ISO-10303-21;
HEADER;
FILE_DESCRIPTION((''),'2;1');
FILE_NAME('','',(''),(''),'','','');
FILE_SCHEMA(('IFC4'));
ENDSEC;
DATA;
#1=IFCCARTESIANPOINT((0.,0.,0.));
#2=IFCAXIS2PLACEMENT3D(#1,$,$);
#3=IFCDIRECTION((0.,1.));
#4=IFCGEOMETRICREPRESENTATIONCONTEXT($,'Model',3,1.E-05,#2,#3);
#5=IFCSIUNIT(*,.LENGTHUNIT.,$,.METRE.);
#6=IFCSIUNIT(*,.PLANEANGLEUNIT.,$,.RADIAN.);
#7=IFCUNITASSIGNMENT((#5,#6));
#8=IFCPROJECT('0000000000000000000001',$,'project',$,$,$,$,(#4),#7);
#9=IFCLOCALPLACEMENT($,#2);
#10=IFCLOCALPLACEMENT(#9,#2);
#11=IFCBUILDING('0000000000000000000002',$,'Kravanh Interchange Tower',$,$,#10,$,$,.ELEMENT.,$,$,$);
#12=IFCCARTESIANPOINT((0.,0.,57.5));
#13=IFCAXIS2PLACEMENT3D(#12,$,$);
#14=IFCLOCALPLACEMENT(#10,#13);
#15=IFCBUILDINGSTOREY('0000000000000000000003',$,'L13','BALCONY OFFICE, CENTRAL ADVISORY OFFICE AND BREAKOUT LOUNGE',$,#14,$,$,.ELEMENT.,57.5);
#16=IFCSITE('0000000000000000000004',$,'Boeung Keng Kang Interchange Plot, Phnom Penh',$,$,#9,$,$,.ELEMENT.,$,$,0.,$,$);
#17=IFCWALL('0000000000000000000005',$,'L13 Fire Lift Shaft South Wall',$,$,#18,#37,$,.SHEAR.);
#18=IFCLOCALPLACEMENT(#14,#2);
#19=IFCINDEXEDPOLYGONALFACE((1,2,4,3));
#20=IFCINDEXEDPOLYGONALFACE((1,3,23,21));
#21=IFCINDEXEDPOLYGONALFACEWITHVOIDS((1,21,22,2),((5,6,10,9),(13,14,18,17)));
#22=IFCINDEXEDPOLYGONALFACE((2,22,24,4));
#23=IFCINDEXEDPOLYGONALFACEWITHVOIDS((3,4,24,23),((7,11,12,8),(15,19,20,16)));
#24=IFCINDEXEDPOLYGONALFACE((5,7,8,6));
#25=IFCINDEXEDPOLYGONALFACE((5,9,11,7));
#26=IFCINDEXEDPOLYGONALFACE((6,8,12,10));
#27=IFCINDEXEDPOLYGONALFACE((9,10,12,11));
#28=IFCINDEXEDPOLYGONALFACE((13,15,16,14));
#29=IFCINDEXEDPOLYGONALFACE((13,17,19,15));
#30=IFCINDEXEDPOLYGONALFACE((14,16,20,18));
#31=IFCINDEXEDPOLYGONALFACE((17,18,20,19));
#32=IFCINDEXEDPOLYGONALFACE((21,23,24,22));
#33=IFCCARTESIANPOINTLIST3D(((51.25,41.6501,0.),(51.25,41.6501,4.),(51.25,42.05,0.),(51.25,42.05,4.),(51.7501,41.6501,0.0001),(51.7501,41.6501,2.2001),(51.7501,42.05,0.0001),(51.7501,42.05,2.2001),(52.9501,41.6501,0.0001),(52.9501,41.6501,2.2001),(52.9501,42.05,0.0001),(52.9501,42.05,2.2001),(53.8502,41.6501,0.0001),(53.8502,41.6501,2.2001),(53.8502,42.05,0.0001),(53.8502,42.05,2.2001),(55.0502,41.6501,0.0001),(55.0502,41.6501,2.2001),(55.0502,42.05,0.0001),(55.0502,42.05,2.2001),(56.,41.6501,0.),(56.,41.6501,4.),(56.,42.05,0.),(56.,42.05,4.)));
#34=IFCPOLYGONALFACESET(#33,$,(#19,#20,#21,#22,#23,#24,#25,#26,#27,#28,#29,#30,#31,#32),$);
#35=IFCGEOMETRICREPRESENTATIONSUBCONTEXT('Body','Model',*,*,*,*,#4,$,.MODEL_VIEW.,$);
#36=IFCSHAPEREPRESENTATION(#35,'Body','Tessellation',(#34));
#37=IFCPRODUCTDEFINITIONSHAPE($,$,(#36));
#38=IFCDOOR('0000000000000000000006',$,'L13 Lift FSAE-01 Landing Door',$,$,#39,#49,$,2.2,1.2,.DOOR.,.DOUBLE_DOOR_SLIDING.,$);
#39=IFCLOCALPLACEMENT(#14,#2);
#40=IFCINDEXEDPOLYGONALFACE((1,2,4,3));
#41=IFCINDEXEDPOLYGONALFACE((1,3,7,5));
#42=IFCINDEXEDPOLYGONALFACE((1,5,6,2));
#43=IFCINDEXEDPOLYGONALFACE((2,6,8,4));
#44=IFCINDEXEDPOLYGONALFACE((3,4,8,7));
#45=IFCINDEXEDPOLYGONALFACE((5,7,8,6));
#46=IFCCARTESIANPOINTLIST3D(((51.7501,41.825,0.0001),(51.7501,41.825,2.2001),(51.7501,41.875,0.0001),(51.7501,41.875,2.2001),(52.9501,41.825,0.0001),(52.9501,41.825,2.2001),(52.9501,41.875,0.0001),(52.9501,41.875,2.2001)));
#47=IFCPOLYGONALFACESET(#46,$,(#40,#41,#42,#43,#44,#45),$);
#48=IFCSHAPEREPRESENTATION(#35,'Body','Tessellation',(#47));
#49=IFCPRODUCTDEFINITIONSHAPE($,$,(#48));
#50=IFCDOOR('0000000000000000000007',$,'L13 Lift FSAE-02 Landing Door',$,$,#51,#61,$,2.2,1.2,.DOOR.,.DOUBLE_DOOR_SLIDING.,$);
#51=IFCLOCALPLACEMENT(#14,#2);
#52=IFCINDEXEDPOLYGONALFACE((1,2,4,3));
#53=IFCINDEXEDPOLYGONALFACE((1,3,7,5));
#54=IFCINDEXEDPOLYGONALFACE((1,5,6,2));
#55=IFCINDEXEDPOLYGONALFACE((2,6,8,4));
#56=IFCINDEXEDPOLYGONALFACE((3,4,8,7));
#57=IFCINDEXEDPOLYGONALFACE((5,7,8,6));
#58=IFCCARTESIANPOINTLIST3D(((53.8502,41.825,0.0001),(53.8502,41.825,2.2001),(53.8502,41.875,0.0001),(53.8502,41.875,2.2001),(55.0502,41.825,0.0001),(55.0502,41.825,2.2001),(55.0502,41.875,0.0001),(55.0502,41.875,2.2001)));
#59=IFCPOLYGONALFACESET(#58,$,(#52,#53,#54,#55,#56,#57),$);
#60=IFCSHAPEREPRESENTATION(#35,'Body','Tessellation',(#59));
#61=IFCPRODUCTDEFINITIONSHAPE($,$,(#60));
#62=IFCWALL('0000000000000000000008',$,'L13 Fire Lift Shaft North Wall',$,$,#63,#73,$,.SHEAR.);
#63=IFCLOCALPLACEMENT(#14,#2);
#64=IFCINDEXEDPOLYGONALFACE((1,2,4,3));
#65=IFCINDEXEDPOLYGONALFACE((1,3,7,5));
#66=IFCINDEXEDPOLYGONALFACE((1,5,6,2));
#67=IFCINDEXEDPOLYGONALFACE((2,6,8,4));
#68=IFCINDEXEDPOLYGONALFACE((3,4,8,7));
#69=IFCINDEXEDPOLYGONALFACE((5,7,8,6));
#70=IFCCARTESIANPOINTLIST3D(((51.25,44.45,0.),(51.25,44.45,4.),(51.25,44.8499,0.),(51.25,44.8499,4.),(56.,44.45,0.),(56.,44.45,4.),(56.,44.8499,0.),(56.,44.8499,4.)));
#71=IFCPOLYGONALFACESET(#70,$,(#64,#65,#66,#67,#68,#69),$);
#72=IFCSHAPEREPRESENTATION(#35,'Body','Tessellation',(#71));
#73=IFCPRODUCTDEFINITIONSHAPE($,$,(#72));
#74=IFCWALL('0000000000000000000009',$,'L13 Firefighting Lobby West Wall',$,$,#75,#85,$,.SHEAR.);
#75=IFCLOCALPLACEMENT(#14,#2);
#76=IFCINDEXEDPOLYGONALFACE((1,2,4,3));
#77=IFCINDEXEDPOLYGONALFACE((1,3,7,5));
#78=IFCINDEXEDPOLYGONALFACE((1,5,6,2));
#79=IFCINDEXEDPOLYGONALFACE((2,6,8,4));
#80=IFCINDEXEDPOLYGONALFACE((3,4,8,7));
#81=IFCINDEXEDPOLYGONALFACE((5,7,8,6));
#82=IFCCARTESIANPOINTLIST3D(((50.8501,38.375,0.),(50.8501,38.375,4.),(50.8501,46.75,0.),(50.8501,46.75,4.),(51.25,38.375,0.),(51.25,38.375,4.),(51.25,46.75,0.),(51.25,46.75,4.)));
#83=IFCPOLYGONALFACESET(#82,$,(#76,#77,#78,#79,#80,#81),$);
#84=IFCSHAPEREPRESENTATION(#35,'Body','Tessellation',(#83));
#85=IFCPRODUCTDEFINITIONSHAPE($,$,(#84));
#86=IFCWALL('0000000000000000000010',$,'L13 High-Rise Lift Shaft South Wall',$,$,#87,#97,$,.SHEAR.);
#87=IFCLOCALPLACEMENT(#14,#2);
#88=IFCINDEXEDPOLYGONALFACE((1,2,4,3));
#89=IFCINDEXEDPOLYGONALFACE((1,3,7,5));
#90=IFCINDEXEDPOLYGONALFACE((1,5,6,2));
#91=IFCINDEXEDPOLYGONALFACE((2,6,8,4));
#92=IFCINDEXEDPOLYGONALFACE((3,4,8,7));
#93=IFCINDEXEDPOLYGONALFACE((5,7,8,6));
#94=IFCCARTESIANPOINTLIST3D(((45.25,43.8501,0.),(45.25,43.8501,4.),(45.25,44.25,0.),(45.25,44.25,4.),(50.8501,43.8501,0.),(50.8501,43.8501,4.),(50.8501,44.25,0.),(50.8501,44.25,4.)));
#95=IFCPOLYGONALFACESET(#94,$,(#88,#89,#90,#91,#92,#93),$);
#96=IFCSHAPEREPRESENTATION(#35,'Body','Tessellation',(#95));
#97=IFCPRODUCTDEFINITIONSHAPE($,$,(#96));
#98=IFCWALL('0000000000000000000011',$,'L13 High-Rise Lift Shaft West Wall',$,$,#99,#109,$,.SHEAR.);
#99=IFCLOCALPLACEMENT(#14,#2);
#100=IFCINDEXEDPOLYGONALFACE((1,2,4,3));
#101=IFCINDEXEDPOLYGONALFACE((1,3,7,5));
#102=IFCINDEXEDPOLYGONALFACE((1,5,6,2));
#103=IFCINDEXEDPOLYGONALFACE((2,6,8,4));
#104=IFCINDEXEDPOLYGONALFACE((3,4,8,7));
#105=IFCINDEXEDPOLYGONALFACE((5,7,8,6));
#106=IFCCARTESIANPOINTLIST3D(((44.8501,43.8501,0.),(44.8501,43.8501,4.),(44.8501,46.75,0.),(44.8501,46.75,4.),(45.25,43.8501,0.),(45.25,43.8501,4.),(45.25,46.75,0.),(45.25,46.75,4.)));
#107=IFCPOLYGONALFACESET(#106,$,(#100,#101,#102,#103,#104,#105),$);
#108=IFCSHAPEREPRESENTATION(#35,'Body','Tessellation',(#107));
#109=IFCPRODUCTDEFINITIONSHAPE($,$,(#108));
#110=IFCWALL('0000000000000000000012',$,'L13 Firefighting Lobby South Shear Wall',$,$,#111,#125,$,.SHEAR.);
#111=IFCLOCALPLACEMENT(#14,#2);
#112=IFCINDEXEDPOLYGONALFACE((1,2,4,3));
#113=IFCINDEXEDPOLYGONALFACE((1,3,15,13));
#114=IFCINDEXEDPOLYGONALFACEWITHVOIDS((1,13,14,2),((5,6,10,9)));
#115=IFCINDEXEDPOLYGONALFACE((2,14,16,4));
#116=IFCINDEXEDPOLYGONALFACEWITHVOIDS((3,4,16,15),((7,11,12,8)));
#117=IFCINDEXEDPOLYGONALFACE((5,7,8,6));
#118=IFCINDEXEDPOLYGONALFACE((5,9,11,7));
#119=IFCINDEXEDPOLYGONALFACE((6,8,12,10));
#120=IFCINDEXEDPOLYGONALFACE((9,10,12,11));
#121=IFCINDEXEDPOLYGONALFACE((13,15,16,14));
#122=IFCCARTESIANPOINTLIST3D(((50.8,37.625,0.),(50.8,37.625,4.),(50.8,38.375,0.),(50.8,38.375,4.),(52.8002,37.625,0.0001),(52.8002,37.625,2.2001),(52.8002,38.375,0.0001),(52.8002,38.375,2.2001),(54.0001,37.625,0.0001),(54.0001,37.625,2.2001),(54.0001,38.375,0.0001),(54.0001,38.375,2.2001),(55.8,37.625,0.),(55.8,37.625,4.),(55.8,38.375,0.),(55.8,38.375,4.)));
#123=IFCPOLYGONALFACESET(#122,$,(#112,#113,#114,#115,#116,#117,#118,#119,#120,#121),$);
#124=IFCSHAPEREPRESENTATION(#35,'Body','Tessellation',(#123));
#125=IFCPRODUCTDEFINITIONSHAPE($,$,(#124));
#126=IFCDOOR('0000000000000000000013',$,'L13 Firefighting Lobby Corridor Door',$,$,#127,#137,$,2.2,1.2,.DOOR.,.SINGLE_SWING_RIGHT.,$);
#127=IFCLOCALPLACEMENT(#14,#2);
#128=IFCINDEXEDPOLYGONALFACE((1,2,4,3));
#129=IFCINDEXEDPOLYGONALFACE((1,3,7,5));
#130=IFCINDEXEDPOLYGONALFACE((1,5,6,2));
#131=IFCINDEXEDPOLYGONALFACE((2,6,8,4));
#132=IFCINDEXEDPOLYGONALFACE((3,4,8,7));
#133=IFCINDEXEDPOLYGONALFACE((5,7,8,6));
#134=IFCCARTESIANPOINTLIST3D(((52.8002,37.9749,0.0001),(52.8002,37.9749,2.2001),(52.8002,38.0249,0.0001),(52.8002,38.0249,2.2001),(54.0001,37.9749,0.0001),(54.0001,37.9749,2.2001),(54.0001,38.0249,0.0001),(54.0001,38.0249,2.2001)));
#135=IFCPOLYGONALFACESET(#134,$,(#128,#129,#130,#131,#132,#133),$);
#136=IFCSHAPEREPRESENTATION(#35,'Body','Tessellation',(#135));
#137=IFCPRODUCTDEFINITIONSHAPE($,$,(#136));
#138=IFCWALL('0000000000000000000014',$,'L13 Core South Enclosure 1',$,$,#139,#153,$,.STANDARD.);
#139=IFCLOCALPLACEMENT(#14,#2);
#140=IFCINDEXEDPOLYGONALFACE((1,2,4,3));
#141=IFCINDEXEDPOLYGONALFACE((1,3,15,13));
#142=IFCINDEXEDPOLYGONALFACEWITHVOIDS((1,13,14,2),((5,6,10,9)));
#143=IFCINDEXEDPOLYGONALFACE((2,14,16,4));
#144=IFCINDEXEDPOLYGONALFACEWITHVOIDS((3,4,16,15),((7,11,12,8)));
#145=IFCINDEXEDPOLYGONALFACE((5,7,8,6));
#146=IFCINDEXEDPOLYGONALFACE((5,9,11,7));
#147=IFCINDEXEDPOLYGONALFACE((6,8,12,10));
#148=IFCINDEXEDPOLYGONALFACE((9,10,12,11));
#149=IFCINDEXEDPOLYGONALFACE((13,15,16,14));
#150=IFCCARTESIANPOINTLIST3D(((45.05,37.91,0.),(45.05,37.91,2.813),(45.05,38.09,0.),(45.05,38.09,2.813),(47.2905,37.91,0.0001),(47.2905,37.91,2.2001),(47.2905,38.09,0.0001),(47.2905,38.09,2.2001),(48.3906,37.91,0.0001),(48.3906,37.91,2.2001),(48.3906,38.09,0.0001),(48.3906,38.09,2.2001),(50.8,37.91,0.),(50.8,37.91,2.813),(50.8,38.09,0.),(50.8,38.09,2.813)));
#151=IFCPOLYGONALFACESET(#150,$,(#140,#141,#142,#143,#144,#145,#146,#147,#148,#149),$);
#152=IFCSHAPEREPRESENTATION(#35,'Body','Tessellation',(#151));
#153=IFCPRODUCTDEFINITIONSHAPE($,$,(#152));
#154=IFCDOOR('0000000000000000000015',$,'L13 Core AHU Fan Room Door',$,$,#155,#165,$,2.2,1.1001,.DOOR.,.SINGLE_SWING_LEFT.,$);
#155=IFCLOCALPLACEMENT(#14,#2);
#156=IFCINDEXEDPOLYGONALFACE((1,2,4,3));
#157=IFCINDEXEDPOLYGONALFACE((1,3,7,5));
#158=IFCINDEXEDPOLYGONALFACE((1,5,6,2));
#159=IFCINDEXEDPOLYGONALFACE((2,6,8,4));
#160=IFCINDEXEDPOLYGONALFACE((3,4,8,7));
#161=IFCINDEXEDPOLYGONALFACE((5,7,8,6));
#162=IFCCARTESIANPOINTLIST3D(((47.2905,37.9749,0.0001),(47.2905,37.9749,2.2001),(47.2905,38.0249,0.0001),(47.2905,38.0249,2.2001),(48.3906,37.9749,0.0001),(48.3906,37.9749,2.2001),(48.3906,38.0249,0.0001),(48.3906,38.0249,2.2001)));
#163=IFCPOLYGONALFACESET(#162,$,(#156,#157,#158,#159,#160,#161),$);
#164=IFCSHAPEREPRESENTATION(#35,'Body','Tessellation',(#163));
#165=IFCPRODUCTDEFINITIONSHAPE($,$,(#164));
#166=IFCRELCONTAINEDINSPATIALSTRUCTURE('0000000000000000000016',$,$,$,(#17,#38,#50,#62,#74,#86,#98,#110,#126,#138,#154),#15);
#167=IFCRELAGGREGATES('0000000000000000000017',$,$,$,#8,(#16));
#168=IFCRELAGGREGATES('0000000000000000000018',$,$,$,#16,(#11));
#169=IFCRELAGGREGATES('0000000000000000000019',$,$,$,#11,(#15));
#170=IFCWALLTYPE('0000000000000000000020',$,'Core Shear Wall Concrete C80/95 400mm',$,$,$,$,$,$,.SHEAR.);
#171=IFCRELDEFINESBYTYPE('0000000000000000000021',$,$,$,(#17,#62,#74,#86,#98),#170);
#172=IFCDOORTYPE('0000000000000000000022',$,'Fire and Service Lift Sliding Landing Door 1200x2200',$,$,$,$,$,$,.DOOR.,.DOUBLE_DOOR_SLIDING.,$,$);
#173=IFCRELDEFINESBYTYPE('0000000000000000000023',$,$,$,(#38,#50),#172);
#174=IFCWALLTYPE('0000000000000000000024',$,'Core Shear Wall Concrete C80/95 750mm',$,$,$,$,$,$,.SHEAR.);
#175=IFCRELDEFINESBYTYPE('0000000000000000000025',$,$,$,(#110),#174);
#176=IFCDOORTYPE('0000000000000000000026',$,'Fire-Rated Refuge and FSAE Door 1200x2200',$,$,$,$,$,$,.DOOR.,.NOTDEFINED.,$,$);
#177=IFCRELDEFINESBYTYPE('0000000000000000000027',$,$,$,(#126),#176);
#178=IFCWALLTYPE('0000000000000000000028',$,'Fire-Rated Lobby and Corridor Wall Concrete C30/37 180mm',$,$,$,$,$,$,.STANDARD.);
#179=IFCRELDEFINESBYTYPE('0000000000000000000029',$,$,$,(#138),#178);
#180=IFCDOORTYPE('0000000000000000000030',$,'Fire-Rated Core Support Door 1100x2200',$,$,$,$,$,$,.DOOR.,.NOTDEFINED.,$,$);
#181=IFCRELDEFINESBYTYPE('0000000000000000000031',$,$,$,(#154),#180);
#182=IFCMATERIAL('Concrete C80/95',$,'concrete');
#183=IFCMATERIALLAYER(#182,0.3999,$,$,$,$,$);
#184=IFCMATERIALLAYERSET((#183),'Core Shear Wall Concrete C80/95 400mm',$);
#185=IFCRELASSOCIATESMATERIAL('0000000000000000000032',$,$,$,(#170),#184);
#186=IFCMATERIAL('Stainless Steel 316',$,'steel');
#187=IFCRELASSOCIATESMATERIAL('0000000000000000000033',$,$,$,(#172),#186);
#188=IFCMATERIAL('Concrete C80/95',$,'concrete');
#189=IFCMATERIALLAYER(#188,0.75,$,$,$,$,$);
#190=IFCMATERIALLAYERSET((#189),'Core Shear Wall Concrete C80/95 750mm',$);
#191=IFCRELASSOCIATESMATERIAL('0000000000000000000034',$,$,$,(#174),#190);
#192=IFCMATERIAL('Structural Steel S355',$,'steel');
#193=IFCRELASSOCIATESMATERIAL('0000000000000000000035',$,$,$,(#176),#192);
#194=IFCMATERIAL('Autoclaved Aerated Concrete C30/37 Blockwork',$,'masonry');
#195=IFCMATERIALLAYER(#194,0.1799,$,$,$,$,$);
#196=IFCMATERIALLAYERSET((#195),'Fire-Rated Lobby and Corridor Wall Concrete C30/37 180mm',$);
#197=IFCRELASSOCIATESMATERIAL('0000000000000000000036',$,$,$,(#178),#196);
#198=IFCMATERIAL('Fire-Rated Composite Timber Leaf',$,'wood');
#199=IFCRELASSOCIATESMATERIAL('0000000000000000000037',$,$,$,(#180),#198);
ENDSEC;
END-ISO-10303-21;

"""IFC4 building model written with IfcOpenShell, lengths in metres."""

from ifc_helpers import new_model, si_unit, direction, frame, frame_2d, origin, place, context, subcontext, project, spatial, rectangle, extrude, material, layer, layer_set, type_object, element, fill, save


model = new_model("IFC4")

# Units and contexts
model_context = context("Model", 3, precision=1e-05, world=origin(), true_north=direction((0.0, 1.0)))
body_context = subcontext(model_context, "Body", "Model", "MODEL_VIEW")
ifc_project = project(units=[si_unit("LENGTHUNIT", "METRE"), si_unit("PLANEANGLEUNIT", "RADIAN")], contexts=[model_context])

# Site, building, storey
site_placement = place(None, origin())
site = spatial("IfcSite", under=ifc_project, at=site_placement, Name="Boeung Keng Kang Interchange Plot, Phnom Penh", CompositionType="ELEMENT", RefElevation=0.0)
building_placement = place(site_placement, origin())
building = spatial("IfcBuilding", under=site, at=building_placement, Name="Kravanh Interchange Tower", CompositionType="ELEMENT")
storey_placement = place(building_placement, frame((0.0, 0.0, 57.5)))
storey = spatial("IfcBuildingStorey", under=building, at=storey_placement, Name="L13", Description="BALCONY OFFICE, CENTRAL ADVISORY OFFICE AND BREAKOUT LOUNGE", CompositionType="ELEMENT", Elevation=57.5)

# Wall, openings, doors
ifc_material_1 = material(Name="Concrete C80/95", Category="concrete")
ifc_layer_1 = layer(ifc_material_1, 0.3999)
ifc_layer_set_1 = layer_set([ifc_layer_1], Name="Core Shear Wall Concrete C80/95 400mm")
wall_type_1 = type_object("IfcWallType", Name="Core Shear Wall Concrete C80/95 400mm", PredefinedType="SHEAR", material=ifc_layer_set_1)
wall_1_placement = place(storey_placement, frame((51.25, 41.8501, 0.0), z_axis=(0.0, 0.0, 1.0), x_axis=(1.0, 0.0, 0.0)))
wall_1 = element("IfcWall", 1, at=wall_1_placement, inside=storey, type_object=wall_type_1, Name="L13 Fire Lift Shaft South Wall", PredefinedType="SHEAR", context=body_context, shape_type="SweptSolid", body=[
    extrude(rectangle(XDim=4.75, YDim=0.3999, at=frame_2d((2.375, 0.0))), origin(), (0.0, 0.0, 1.0), 4.0),
])
opening_1_placement = place(wall_1_placement, frame((0.5, 0.0, 0.0)))
opening_1 = element("IfcOpeningElement", 2, at=opening_1_placement, cuts=wall_1, PredefinedType="OPENING", context=body_context, shape_type="SweptSolid", body=[
    extrude(rectangle(XDim=1.2, YDim=2.2, at=frame_2d((0.6001, 1.1001))), frame((0.0, 0.21, 0.0), z_axis=(0.0, -1.0, 0.0), x_axis=(1.0, 0.0, 0.0)), (0.0, 0.0, 1.0), 0.4199),
])
opening_2_placement = place(wall_1_placement, frame((2.6001, 0.0, 0.0)))
opening_2 = element("IfcOpeningElement", 3, at=opening_2_placement, cuts=wall_1, PredefinedType="OPENING", context=body_context, shape_type="SweptSolid", body=[
    extrude(rectangle(XDim=1.2, YDim=2.2, at=frame_2d((0.6001, 1.1001))), frame((0.0, 0.21, 0.0), z_axis=(0.0, -1.0, 0.0), x_axis=(1.0, 0.0, 0.0)), (0.0, 0.0, 1.0), 0.4199),
])
ifc_material_2 = material(Name="Stainless Steel 316", Category="steel")
door_type_1 = type_object("IfcDoorType", Name="Fire and Service Lift Sliding Landing Door 1200x2200", OperationType="DOUBLE_DOOR_SLIDING", PredefinedType="DOOR", material=ifc_material_2)
door_1_placement = place(opening_1_placement, origin())
door_1 = element("IfcDoor", 4, at=door_1_placement, inside=storey, type_object=door_type_1, Name="L13 Lift FSAE-01 Landing Door", OperationType="DOUBLE_DOOR_SLIDING", OverallHeight=2.2, OverallWidth=1.2, PredefinedType="DOOR", context=body_context, shape_type="SweptSolid", body=[
    extrude(rectangle(XDim=1.2, YDim=2.2, at=frame_2d((0.6001, 1.1001))), frame((0.0, 0.0249, 0.0), z_axis=(0.0, -1.0, 0.0), x_axis=(1.0, 0.0, 0.0)), (0.0, 0.0, 1.0), 0.05),
])
fill(opening_1, door_1)
door_2_placement = place(opening_2_placement, origin())
door_2 = element("IfcDoor", 5, at=door_2_placement, inside=storey, type_object=door_type_1, Name="L13 Lift FSAE-02 Landing Door", OperationType="DOUBLE_DOOR_SLIDING", OverallHeight=2.2, OverallWidth=1.2, PredefinedType="DOOR", context=body_context, shape_type="SweptSolid", body=[
    extrude(rectangle(XDim=1.2, YDim=2.2, at=frame_2d((0.6001, 1.1001))), frame((0.0, 0.0249, 0.0), z_axis=(0.0, -1.0, 0.0), x_axis=(1.0, 0.0, 0.0)), (0.0, 0.0, 1.0), 0.05),
])
fill(opening_2, door_2)

# Walls
wall_2_placement = place(storey_placement, frame((51.25, 44.6499, 0.0), z_axis=(0.0, 0.0, 1.0), x_axis=(1.0, 0.0, 0.0)))
element("IfcWall", 6, at=wall_2_placement, inside=storey, type_object=wall_type_1, Name="L13 Fire Lift Shaft North Wall", PredefinedType="SHEAR", context=body_context, shape_type="SweptSolid", body=[
    extrude(rectangle(XDim=4.75, YDim=0.3999, at=frame_2d((2.375, 0.0))), origin(), (0.0, 0.0, 1.0), 4.0),
])
wall_3_placement = place(storey_placement, frame((51.05, 38.375, 0.0), z_axis=(0.0, 0.0, 1.0), x_axis=(0.0, 1.0, 0.0)))
element("IfcWall", 7, at=wall_3_placement, inside=storey, type_object=wall_type_1, Name="L13 Firefighting Lobby West Wall", PredefinedType="SHEAR", context=body_context, shape_type="SweptSolid", body=[
    extrude(rectangle(XDim=8.375, YDim=0.3999, at=frame_2d((4.1875, 0.0))), origin(), (0.0, 0.0, 1.0), 4.0),
])
wall_4_placement = place(storey_placement, frame((45.25, 44.05, 0.0), z_axis=(0.0, 0.0, 1.0), x_axis=(1.0, 0.0, 0.0)))
element("IfcWall", 8, at=wall_4_placement, inside=storey, type_object=wall_type_1, Name="L13 High-Rise Lift Shaft South Wall", PredefinedType="SHEAR", context=body_context, shape_type="SweptSolid", body=[
    extrude(rectangle(XDim=5.6001, YDim=0.3999, at=frame_2d((2.8, 0.0))), origin(), (0.0, 0.0, 1.0), 4.0),
])
wall_5_placement = place(storey_placement, frame((45.05, 43.8501, 0.0), z_axis=(0.0, 0.0, 1.0), x_axis=(0.0, 1.0, 0.0)))
element("IfcWall", 9, at=wall_5_placement, inside=storey, type_object=wall_type_1, Name="L13 High-Rise Lift Shaft West Wall", PredefinedType="SHEAR", context=body_context, shape_type="SweptSolid", body=[
    extrude(rectangle(XDim=2.8999, YDim=0.3999, at=frame_2d((1.45, 0.0))), origin(), (0.0, 0.0, 1.0), 4.0),
])

# Shared definitions
ifc_material_3 = material(Name="Concrete C80/95", Category="concrete")
ifc_layer_2 = layer(ifc_material_3, 0.75)
ifc_layer_set_2 = layer_set([ifc_layer_2], Name="Core Shear Wall Concrete C80/95 750mm")
wall_type_2 = type_object("IfcWallType", Name="Core Shear Wall Concrete C80/95 750mm", PredefinedType="SHEAR", material=ifc_layer_set_2)

# Walls, openings, doors
wall_6_placement = place(storey_placement, frame((50.8, 38.0, 0.0), z_axis=(0.0, 0.0, 1.0), x_axis=(1.0, 0.0, 0.0)))
wall_6 = element("IfcWall", 10, at=wall_6_placement, inside=storey, type_object=wall_type_2, Name="L13 Firefighting Lobby South Shear Wall", PredefinedType="SHEAR", context=body_context, shape_type="SweptSolid", body=[
    extrude(rectangle(XDim=5.0, YDim=0.75, at=frame_2d((2.5, 0.0))), origin(), (0.0, 0.0, 1.0), 4.0),
])
opening_3_placement = place(wall_6_placement, frame((2.0, 0.0, 0.0)))
opening_3 = element("IfcOpeningElement", 11, at=opening_3_placement, cuts=wall_6, PredefinedType="OPENING", context=body_context, shape_type="SweptSolid", body=[
    extrude(rectangle(XDim=1.2, YDim=2.2, at=frame_2d((0.6001, 1.1001))), frame((0.0, 0.385, 0.0), z_axis=(0.0, -1.0, 0.0), x_axis=(1.0, 0.0, 0.0)), (0.0, 0.0, 1.0), 0.77),
])
ifc_material_4 = material(Name="Structural Steel S355", Category="steel")
door_type_2 = type_object("IfcDoorType", Name="Fire-Rated Refuge and FSAE Door 1200x2200", OperationType="NOTDEFINED", PredefinedType="DOOR", material=ifc_material_4)
door_3_placement = place(opening_3_placement, origin())
door_3 = element("IfcDoor", 12, at=door_3_placement, inside=storey, type_object=door_type_2, Name="L13 Firefighting Lobby Corridor Door", OperationType="SINGLE_SWING_RIGHT", OverallHeight=2.2, OverallWidth=1.2, PredefinedType="DOOR", context=body_context, shape_type="SweptSolid", body=[
    extrude(rectangle(XDim=1.2, YDim=2.2, at=frame_2d((0.6001, 1.1001))), frame((0.0, 0.0249, 0.0), z_axis=(0.0, -1.0, 0.0), x_axis=(1.0, 0.0, 0.0)), (0.0, 0.0, 1.0), 0.05),
])
fill(opening_3, door_3)
ifc_material_5 = material(Name="Autoclaved Aerated Concrete C30/37 Blockwork", Category="masonry")
ifc_layer_3 = layer(ifc_material_5, 0.1799)
ifc_layer_set_3 = layer_set([ifc_layer_3], Name="Fire-Rated Lobby and Corridor Wall Concrete C30/37 180mm")
wall_type_3 = type_object("IfcWallType", Name="Fire-Rated Lobby and Corridor Wall Concrete C30/37 180mm", PredefinedType="STANDARD", material=ifc_layer_set_3)
wall_7_placement = place(storey_placement, frame((45.05, 38.0, 0.0), z_axis=(0.0, 0.0, 1.0), x_axis=(1.0, 0.0, 0.0)))
wall_7 = element("IfcWall", 13, at=wall_7_placement, inside=storey, type_object=wall_type_3, Name="L13 Core South Enclosure 1", PredefinedType="STANDARD", context=body_context, shape_type="SweptSolid", body=[
    extrude(rectangle(XDim=5.75, YDim=0.1799, at=frame_2d((2.875, 0.0))), origin(), (0.0, 0.0, 1.0), 2.813),
])
opening_4_placement = place(wall_7_placement, frame((2.2405, 0.0, 0.0)))
opening_4 = element("IfcOpeningElement", 14, at=opening_4_placement, cuts=wall_7, PredefinedType="OPENING", context=body_context, shape_type="SweptSolid", body=[
    extrude(rectangle(XDim=1.1001, YDim=2.2, at=frame_2d((0.55, 1.1001))), frame((0.0, 0.1001, 0.0), z_axis=(0.0, -1.0, 0.0), x_axis=(1.0, 0.0, 0.0)), (0.0, 0.0, 1.0), 0.2),
])
ifc_material_6 = material(Name="Fire-Rated Composite Timber Leaf", Category="wood")
door_type_3 = type_object("IfcDoorType", Name="Fire-Rated Core Support Door 1100x2200", OperationType="NOTDEFINED", PredefinedType="DOOR", material=ifc_material_6)
door_4_placement = place(opening_4_placement, origin())
door_4 = element("IfcDoor", 15, at=door_4_placement, inside=storey, type_object=door_type_3, Name="L13 Core AHU Fan Room Door", OperationType="SINGLE_SWING_LEFT", OverallHeight=2.2, OverallWidth=1.1001, PredefinedType="DOOR", context=body_context, shape_type="SweptSolid", body=[
    extrude(rectangle(XDim=1.1001, YDim=2.2, at=frame_2d((0.55, 1.1001))), frame((0.0, 0.0249, 0.0), z_axis=(0.0, -1.0, 0.0), x_axis=(1.0, 0.0, 0.0)), (0.0, 0.0, 1.0), 0.05),
])
fill(opening_4, door_4)

save(model, "model.ifc")
